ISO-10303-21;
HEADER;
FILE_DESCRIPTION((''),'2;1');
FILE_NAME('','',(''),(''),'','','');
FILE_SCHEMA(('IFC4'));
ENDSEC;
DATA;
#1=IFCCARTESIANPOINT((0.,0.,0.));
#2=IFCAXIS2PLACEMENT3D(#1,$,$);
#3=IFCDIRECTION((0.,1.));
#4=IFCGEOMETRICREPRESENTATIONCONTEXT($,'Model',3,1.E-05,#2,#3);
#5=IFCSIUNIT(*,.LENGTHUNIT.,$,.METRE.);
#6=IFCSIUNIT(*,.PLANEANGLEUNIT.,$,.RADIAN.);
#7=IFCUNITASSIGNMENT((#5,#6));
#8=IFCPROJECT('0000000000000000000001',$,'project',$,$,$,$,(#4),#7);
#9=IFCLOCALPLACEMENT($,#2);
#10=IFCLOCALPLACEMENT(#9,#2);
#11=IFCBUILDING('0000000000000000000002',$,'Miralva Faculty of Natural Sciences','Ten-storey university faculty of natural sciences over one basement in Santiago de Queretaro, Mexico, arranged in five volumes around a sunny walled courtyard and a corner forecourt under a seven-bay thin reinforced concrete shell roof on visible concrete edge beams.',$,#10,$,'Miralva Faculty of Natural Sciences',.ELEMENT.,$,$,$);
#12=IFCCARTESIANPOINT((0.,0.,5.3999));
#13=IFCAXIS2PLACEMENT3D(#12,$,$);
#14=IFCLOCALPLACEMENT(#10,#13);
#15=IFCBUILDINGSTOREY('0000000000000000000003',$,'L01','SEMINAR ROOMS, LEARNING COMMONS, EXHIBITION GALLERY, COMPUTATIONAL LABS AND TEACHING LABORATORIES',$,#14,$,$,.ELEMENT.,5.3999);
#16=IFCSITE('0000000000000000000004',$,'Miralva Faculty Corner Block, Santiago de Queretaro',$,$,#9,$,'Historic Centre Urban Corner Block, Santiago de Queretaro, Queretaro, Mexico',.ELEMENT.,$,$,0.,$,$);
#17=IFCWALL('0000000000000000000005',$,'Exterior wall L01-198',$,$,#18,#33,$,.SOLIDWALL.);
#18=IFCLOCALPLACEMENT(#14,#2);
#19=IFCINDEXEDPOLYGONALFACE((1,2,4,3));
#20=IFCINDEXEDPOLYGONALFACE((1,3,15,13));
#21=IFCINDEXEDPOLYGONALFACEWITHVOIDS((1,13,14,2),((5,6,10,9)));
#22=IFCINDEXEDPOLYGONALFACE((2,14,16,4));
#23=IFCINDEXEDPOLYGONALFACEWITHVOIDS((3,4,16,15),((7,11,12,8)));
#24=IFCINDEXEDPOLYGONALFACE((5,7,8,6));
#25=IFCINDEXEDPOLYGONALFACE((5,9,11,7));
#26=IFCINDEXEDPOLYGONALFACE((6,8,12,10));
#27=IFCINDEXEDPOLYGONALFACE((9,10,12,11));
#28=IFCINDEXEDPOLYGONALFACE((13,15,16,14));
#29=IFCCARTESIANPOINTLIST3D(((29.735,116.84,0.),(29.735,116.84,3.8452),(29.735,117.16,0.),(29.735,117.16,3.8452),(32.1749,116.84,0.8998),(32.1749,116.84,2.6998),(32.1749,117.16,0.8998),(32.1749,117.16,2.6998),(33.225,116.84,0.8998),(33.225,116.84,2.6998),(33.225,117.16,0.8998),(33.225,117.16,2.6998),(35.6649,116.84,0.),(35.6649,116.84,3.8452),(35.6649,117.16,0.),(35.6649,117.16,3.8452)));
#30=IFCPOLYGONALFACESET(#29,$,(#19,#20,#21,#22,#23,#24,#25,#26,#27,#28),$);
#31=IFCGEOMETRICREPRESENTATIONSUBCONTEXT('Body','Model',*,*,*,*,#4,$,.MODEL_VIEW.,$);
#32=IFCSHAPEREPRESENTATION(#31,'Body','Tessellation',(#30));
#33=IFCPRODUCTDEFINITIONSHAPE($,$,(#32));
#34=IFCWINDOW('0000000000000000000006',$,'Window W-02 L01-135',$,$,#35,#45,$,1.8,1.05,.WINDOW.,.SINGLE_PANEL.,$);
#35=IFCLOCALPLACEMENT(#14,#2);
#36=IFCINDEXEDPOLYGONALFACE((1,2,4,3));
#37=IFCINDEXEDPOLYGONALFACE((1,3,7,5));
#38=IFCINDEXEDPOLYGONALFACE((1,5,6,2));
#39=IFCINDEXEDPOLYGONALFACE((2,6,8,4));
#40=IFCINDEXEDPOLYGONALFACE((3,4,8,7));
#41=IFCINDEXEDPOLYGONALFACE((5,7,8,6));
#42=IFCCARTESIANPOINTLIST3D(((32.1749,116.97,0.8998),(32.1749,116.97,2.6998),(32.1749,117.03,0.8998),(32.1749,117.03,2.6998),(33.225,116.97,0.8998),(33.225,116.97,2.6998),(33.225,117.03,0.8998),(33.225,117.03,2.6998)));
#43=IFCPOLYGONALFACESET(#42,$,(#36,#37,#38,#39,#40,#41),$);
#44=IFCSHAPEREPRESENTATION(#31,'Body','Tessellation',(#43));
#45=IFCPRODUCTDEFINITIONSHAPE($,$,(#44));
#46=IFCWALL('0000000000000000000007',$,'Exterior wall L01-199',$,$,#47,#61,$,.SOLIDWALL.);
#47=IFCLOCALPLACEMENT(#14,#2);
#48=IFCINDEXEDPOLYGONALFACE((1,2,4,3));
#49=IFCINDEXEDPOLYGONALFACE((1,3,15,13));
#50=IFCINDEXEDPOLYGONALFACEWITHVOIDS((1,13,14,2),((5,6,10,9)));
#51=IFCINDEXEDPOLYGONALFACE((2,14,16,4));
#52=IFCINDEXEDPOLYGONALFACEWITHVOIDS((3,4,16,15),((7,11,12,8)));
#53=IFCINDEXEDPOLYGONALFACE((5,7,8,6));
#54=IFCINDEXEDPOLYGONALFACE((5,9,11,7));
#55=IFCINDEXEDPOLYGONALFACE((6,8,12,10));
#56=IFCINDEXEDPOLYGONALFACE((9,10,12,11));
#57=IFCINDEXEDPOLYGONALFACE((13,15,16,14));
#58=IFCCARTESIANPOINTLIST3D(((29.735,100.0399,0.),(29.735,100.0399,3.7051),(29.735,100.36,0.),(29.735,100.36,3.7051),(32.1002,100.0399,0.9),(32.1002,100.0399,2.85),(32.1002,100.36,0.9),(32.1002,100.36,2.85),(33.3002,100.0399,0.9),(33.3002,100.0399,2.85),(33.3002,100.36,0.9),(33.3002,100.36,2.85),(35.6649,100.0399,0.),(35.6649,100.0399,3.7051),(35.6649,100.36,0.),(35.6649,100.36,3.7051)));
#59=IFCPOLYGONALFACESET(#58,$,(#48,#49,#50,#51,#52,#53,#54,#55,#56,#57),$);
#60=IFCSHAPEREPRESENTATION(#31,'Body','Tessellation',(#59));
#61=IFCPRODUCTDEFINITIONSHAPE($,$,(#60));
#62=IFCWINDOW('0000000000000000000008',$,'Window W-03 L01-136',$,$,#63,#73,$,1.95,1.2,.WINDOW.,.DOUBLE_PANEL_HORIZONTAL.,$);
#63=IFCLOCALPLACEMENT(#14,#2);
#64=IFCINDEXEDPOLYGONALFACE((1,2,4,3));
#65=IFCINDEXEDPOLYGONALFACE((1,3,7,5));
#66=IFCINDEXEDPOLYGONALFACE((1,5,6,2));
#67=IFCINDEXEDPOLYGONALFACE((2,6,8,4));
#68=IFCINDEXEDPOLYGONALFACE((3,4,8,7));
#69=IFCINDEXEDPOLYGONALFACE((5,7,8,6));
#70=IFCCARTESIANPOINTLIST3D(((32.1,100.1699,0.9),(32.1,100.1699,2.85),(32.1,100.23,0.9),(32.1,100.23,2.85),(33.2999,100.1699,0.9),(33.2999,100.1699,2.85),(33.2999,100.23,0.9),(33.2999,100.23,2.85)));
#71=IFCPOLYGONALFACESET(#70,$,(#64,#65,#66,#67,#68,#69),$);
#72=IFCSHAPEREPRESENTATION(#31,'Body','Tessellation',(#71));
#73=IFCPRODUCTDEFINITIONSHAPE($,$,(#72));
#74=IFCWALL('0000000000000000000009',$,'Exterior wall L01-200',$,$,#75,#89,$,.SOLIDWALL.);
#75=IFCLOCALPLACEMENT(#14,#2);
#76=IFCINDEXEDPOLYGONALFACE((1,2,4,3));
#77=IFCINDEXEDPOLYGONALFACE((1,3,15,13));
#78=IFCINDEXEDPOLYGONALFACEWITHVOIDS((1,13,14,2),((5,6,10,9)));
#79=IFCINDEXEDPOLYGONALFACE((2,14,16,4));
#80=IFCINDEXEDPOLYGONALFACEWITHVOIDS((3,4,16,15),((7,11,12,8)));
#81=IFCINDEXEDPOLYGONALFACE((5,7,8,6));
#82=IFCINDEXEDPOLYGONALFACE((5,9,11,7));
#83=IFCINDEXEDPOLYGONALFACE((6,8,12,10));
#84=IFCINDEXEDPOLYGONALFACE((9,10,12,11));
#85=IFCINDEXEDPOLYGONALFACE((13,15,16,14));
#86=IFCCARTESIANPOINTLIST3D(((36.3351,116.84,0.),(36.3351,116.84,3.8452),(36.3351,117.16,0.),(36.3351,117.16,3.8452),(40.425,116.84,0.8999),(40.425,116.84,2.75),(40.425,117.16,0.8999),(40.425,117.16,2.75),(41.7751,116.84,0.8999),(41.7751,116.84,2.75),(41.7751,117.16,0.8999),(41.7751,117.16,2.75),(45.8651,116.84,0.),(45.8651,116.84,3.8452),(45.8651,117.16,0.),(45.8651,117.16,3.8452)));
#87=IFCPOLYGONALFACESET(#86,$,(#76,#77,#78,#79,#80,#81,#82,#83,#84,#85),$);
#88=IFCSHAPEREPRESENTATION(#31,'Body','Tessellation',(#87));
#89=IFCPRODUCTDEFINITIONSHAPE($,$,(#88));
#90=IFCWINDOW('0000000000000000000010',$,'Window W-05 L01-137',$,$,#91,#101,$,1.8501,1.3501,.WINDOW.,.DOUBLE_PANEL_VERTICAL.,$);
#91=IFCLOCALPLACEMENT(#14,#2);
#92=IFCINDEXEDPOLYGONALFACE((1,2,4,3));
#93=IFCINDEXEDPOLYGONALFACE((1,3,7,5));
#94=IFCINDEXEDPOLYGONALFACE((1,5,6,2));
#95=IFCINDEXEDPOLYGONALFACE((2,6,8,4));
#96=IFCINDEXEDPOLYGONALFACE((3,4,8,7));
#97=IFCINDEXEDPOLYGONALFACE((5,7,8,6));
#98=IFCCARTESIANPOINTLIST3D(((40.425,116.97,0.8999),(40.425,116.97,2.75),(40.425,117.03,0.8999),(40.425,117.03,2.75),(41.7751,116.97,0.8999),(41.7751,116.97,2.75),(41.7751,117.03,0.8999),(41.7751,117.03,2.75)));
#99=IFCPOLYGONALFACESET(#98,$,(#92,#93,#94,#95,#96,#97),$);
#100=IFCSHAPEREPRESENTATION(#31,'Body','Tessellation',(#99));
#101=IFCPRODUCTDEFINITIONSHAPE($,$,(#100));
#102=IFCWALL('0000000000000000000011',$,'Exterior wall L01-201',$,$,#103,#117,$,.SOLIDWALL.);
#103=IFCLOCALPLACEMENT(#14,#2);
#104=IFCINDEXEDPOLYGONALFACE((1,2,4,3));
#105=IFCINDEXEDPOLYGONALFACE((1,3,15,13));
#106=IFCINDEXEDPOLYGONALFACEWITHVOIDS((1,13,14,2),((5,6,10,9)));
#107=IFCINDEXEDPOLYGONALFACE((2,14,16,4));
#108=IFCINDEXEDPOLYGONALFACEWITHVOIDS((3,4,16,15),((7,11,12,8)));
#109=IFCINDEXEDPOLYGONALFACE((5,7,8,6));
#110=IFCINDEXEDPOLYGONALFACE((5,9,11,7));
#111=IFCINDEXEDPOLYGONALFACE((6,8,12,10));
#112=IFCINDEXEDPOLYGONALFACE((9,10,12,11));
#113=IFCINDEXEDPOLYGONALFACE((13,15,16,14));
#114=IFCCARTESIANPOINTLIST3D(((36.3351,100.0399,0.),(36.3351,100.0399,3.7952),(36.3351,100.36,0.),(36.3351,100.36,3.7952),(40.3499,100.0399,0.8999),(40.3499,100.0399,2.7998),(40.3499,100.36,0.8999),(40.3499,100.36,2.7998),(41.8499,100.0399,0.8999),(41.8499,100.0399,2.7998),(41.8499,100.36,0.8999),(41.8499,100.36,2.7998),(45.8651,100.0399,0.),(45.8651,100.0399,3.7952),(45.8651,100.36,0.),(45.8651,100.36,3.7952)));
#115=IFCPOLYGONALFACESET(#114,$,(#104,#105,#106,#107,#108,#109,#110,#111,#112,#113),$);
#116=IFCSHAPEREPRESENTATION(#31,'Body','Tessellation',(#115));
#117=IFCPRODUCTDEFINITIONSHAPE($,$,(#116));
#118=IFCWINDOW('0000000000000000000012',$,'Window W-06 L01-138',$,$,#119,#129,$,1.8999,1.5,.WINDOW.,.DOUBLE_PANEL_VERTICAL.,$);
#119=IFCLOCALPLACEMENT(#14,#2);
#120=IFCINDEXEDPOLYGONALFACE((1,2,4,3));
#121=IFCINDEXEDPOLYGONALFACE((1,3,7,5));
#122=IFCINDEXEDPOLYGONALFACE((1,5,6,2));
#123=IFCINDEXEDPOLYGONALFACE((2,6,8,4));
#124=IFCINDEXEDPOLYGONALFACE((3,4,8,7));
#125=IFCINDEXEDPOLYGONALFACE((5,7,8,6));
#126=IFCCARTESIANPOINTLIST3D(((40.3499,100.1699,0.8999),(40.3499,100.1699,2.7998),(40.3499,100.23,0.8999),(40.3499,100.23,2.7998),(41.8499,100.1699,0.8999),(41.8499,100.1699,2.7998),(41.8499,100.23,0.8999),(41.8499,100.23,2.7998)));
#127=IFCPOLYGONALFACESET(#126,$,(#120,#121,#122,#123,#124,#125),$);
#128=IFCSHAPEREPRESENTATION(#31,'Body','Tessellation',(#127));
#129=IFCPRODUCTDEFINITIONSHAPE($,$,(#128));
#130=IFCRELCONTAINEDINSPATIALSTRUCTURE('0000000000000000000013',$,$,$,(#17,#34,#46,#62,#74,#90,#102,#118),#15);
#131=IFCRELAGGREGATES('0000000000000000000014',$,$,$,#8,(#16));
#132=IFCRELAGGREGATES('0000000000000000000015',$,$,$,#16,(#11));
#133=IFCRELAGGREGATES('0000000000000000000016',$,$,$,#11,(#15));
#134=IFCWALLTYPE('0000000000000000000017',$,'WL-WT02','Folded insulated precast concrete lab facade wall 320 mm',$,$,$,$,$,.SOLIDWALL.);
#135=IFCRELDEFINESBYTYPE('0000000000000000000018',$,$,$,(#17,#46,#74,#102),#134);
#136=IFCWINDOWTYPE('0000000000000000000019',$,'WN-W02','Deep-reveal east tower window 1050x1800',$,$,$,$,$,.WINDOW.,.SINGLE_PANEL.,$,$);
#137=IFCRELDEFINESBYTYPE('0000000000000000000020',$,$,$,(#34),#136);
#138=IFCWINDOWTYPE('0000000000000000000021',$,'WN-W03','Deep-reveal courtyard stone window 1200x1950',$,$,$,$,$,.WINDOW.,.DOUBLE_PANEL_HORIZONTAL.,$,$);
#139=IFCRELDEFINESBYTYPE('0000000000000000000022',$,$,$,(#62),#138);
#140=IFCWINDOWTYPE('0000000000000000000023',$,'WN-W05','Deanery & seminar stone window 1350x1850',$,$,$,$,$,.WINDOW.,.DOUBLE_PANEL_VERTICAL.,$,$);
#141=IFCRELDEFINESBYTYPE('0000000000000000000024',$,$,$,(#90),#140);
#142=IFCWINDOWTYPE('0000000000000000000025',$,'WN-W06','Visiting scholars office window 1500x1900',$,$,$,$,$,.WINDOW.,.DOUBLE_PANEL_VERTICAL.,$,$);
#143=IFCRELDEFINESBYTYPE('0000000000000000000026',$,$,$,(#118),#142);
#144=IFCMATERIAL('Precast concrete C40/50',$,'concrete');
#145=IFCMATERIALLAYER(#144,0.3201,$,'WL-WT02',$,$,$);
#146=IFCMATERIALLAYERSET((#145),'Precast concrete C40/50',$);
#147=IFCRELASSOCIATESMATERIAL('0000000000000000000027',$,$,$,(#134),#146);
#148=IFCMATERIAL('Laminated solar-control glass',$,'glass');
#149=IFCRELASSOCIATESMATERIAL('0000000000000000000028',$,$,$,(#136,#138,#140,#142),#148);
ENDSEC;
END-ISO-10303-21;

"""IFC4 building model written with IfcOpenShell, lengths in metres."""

from ifc_helpers import new_model, si_unit, direction, frame, frame_2d, origin, place, context, subcontext, project, spatial, rectangle, extrude, material, layer, layer_set, type_object, element, fill, save


model = new_model("IFC4")

# Units and contexts
model_context = context("Model", 3, precision=1e-05, world=origin(), true_north=direction((0.0, 1.0)))
body_context = subcontext(model_context, "Body", "Model", "MODEL_VIEW")
ifc_project = project(units=[si_unit("LENGTHUNIT", "METRE"), si_unit("PLANEANGLEUNIT", "RADIAN")], contexts=[model_context])

# Site, building, storey
site_placement = place(None, origin())
site = spatial("IfcSite", under=ifc_project, at=site_placement, Name="Miralva Faculty Corner Block, Santiago de Queretaro", LongName="Historic Centre Urban Corner Block, Santiago de Queretaro, Queretaro, Mexico", CompositionType="ELEMENT", RefElevation=0.0)
building_placement = place(site_placement, origin())
building = spatial("IfcBuilding", under=site, at=building_placement, Name="Miralva Faculty of Natural Sciences", Description="Ten-storey university faculty of natural sciences over one basement in Santiago de Queretaro, Mexico, arranged in five volumes around a sunny walled courtyard and a corner forecourt under a seven-bay thin reinforced concrete shell roof on visible concrete edge beams.", LongName="Miralva Faculty of Natural Sciences", CompositionType="ELEMENT")
storey_placement = place(building_placement, frame((0.0, 0.0, 5.3999)))
storey = spatial("IfcBuildingStorey", under=building, at=storey_placement, Name="L01", Description="SEMINAR ROOMS, LEARNING COMMONS, EXHIBITION GALLERY, COMPUTATIONAL LABS AND TEACHING LABORATORIES", CompositionType="ELEMENT", Elevation=5.3999)

# Walls, openings, windows
ifc_material_1 = material(Name="Precast concrete C40/50", Category="concrete")
ifc_layer = layer(ifc_material_1, 0.3201, Name="WL-WT02")
ifc_layer_set = layer_set([ifc_layer], Name="Precast concrete C40/50")
wall_type = type_object("IfcWallType", Name="WL-WT02", Description="Folded insulated precast concrete lab facade wall 320 mm", PredefinedType="SOLIDWALL", material=ifc_layer_set)
wall_1_placement = place(storey_placement, frame((29.7351, 117.0, 0.0), z_axis=(0.0, 0.0, 1.0), x_axis=(1.0, 0.0, 0.0)))
wall_1 = element("IfcWall", 1, at=wall_1_placement, inside=storey, type_object=wall_type, Name="Exterior wall L01-198", PredefinedType="SOLIDWALL", context=body_context, shape_type="SweptSolid", body=[
    extrude(rectangle(XDim=5.9299, YDim=0.3201, at=frame_2d((2.9648, 0.0))), origin(), (0.0, 0.0, 1.0), 3.8452),
])
opening_1_placement = place(wall_1_placement, frame((2.4399, 0.0, 0.8999)))
opening_1 = element("IfcOpeningElement", 2, at=opening_1_placement, cuts=wall_1, PredefinedType="OPENING", context=body_context, shape_type="SweptSolid", body=[
    extrude(rectangle(XDim=1.05, YDim=1.8, at=frame_2d((0.5249, 0.8999))), frame((0.0, 0.1699, 0.0), z_axis=(0.0, -1.0, 0.0), x_axis=(1.0, 0.0, 0.0)), (0.0, 0.0, 1.0), 0.3401),
])
ifc_material_2 = material(Name="Laminated solar-control glass", Category="glass")
window_type_1 = type_object("IfcWindowType", Name="WN-W02", Description="Deep-reveal east tower window 1050x1800", PartitioningType="SINGLE_PANEL", PredefinedType="WINDOW", material=ifc_material_2)
window_1_placement = place(opening_1_placement, origin())
window_1 = element("IfcWindow", 3, at=window_1_placement, inside=storey, type_object=window_type_1, Name="Window W-02 L01-135", OverallHeight=1.8, OverallWidth=1.05, PartitioningType="SINGLE_PANEL", PredefinedType="WINDOW", context=body_context, shape_type="SweptSolid", body=[
    extrude(rectangle(XDim=1.05, YDim=1.8, at=frame_2d((0.5249, 0.8999))), frame((0.0, 0.03, 0.0), z_axis=(0.0, -1.0, 0.0), x_axis=(1.0, 0.0, 0.0)), (0.0, 0.0, 1.0), 0.0601),
])
fill(opening_1, window_1)
wall_2_placement = place(storey_placement, frame((29.7351, 100.2, 0.0), z_axis=(0.0, 0.0, 1.0), x_axis=(1.0, 0.0, 0.0)))
wall_2 = element("IfcWall", 4, at=wall_2_placement, inside=storey, type_object=wall_type, Name="Exterior wall L01-199", PredefinedType="SOLIDWALL", context=body_context, shape_type="SweptSolid", body=[
    extrude(rectangle(XDim=5.9299, YDim=0.3201, at=frame_2d((2.9648, 0.0))), origin(), (0.0, 0.0, 1.0), 3.7051),
])
opening_2_placement = place(wall_2_placement, frame((2.365, 0.0, 0.8999)))
opening_2 = element("IfcOpeningElement", 5, at=opening_2_placement, cuts=wall_2, PredefinedType="OPENING", context=body_context, shape_type="SweptSolid", body=[
    extrude(rectangle(XDim=1.2, YDim=1.95, at=frame_2d((0.6001, 0.9751))), frame((0.0, 0.1699, 0.0), z_axis=(0.0, -1.0, 0.0), x_axis=(1.0, 0.0, 0.0)), (0.0, 0.0, 1.0), 0.3401),
])
window_type_2 = type_object("IfcWindowType", Name="WN-W03", Description="Deep-reveal courtyard stone window 1200x1950", PartitioningType="DOUBLE_PANEL_HORIZONTAL", PredefinedType="WINDOW", material=ifc_material_2)
window_2_placement = place(opening_2_placement, frame((1.2, 0.0, 0.0), z_axis=(0.0, 0.0, 1.0), x_axis=(-1.0, 0.0, 0.0)))
window_2 = element("IfcWindow", 6, at=window_2_placement, inside=storey, type_object=window_type_2, Name="Window W-03 L01-136", OverallHeight=1.95, OverallWidth=1.2, PartitioningType="DOUBLE_PANEL_HORIZONTAL", PredefinedType="WINDOW", context=body_context, shape_type="SweptSolid", body=[
    extrude(rectangle(XDim=1.2, YDim=1.95, at=frame_2d((0.6001, 0.9751))), frame((0.0, 0.03, 0.0), z_axis=(0.0, -1.0, 0.0), x_axis=(1.0, 0.0, 0.0)), (0.0, 0.0, 1.0), 0.0601),
])
fill(opening_2, window_2)
wall_3_placement = place(storey_placement, frame((36.335, 117.0, 0.0), z_axis=(0.0, 0.0, 1.0), x_axis=(1.0, 0.0, 0.0)))
wall_3 = element("IfcWall", 7, at=wall_3_placement, inside=storey, type_object=wall_type, Name="Exterior wall L01-200", PredefinedType="SOLIDWALL", context=body_context, shape_type="SweptSolid", body=[
    extrude(rectangle(XDim=9.53, YDim=0.3201, at=frame_2d((4.7651, 0.0))), origin(), (0.0, 0.0, 1.0), 3.8452),
])
opening_3_placement = place(wall_3_placement, frame((4.0901, 0.0, 0.8999)))
opening_3 = element("IfcOpeningElement", 8, at=opening_3_placement, cuts=wall_3, PredefinedType="OPENING", context=body_context, shape_type="SweptSolid", body=[
    extrude(rectangle(XDim=1.3501, YDim=1.8501, at=frame_2d((0.675, 0.925))), frame((0.0, 0.1699, 0.0), z_axis=(0.0, -1.0, 0.0), x_axis=(1.0, 0.0, 0.0)), (0.0, 0.0, 1.0), 0.3401),
])
window_type_3 = type_object("IfcWindowType", Name="WN-W05", Description="Deanery & seminar stone window 1350x1850", PartitioningType="DOUBLE_PANEL_VERTICAL", PredefinedType="WINDOW", material=ifc_material_2)
window_3_placement = place(opening_3_placement, origin())
window_3 = element("IfcWindow", 9, at=window_3_placement, inside=storey, type_object=window_type_3, Name="Window W-05 L01-137", OverallHeight=1.8501, OverallWidth=1.3501, PartitioningType="DOUBLE_PANEL_VERTICAL", PredefinedType="WINDOW", context=body_context, shape_type="SweptSolid", body=[
    extrude(rectangle(XDim=1.3501, YDim=1.8501, at=frame_2d((0.675, 0.925))), frame((0.0, 0.03, 0.0), z_axis=(0.0, -1.0, 0.0), x_axis=(1.0, 0.0, 0.0)), (0.0, 0.0, 1.0), 0.0601),
])
fill(opening_3, window_3)
wall_4_placement = place(storey_placement, frame((36.335, 100.2, 0.0), z_axis=(0.0, 0.0, 1.0), x_axis=(1.0, 0.0, 0.0)))
wall_4 = element("IfcWall", 10, at=wall_4_placement, inside=storey, type_object=wall_type, Name="Exterior wall L01-201", PredefinedType="SOLIDWALL", context=body_context, shape_type="SweptSolid", body=[
    extrude(rectangle(XDim=9.53, YDim=0.3201, at=frame_2d((4.7651, 0.0))), origin(), (0.0, 0.0, 1.0), 3.7952),
])
opening_4_placement = place(wall_4_placement, frame((4.0149, 0.0, 0.8999)))
opening_4 = element("IfcOpeningElement", 11, at=opening_4_placement, cuts=wall_4, PredefinedType="OPENING", context=body_context, shape_type="SweptSolid", body=[
    extrude(rectangle(XDim=1.5, YDim=1.8999, at=frame_2d((0.75, 0.95))), frame((0.0, 0.1699, 0.0), z_axis=(0.0, -1.0, 0.0), x_axis=(1.0, 0.0, 0.0)), (0.0, 0.0, 1.0), 0.3401),
])
window_type_4 = type_object("IfcWindowType", Name="WN-W06", Description="Visiting scholars office window 1500x1900", PartitioningType="DOUBLE_PANEL_VERTICAL", PredefinedType="WINDOW", material=ifc_material_2)
window_4_placement = place(opening_4_placement, frame((1.5, 0.0, 0.0), z_axis=(0.0, 0.0, 1.0), x_axis=(-1.0, 0.0, 0.0)))
window_4 = element("IfcWindow", 12, at=window_4_placement, inside=storey, type_object=window_type_4, Name="Window W-06 L01-138", OverallHeight=1.8999, OverallWidth=1.5, PartitioningType="DOUBLE_PANEL_VERTICAL", PredefinedType="WINDOW", context=body_context, shape_type="SweptSolid", body=[
    extrude(rectangle(XDim=1.5, YDim=1.8999, at=frame_2d((0.75, 0.95))), frame((0.0, 0.03, 0.0), z_axis=(0.0, -1.0, 0.0), x_axis=(1.0, 0.0, 0.0)), (0.0, 0.0, 1.0), 0.0601),
])
fill(opening_4, window_4)

save(model, "model.ifc")
